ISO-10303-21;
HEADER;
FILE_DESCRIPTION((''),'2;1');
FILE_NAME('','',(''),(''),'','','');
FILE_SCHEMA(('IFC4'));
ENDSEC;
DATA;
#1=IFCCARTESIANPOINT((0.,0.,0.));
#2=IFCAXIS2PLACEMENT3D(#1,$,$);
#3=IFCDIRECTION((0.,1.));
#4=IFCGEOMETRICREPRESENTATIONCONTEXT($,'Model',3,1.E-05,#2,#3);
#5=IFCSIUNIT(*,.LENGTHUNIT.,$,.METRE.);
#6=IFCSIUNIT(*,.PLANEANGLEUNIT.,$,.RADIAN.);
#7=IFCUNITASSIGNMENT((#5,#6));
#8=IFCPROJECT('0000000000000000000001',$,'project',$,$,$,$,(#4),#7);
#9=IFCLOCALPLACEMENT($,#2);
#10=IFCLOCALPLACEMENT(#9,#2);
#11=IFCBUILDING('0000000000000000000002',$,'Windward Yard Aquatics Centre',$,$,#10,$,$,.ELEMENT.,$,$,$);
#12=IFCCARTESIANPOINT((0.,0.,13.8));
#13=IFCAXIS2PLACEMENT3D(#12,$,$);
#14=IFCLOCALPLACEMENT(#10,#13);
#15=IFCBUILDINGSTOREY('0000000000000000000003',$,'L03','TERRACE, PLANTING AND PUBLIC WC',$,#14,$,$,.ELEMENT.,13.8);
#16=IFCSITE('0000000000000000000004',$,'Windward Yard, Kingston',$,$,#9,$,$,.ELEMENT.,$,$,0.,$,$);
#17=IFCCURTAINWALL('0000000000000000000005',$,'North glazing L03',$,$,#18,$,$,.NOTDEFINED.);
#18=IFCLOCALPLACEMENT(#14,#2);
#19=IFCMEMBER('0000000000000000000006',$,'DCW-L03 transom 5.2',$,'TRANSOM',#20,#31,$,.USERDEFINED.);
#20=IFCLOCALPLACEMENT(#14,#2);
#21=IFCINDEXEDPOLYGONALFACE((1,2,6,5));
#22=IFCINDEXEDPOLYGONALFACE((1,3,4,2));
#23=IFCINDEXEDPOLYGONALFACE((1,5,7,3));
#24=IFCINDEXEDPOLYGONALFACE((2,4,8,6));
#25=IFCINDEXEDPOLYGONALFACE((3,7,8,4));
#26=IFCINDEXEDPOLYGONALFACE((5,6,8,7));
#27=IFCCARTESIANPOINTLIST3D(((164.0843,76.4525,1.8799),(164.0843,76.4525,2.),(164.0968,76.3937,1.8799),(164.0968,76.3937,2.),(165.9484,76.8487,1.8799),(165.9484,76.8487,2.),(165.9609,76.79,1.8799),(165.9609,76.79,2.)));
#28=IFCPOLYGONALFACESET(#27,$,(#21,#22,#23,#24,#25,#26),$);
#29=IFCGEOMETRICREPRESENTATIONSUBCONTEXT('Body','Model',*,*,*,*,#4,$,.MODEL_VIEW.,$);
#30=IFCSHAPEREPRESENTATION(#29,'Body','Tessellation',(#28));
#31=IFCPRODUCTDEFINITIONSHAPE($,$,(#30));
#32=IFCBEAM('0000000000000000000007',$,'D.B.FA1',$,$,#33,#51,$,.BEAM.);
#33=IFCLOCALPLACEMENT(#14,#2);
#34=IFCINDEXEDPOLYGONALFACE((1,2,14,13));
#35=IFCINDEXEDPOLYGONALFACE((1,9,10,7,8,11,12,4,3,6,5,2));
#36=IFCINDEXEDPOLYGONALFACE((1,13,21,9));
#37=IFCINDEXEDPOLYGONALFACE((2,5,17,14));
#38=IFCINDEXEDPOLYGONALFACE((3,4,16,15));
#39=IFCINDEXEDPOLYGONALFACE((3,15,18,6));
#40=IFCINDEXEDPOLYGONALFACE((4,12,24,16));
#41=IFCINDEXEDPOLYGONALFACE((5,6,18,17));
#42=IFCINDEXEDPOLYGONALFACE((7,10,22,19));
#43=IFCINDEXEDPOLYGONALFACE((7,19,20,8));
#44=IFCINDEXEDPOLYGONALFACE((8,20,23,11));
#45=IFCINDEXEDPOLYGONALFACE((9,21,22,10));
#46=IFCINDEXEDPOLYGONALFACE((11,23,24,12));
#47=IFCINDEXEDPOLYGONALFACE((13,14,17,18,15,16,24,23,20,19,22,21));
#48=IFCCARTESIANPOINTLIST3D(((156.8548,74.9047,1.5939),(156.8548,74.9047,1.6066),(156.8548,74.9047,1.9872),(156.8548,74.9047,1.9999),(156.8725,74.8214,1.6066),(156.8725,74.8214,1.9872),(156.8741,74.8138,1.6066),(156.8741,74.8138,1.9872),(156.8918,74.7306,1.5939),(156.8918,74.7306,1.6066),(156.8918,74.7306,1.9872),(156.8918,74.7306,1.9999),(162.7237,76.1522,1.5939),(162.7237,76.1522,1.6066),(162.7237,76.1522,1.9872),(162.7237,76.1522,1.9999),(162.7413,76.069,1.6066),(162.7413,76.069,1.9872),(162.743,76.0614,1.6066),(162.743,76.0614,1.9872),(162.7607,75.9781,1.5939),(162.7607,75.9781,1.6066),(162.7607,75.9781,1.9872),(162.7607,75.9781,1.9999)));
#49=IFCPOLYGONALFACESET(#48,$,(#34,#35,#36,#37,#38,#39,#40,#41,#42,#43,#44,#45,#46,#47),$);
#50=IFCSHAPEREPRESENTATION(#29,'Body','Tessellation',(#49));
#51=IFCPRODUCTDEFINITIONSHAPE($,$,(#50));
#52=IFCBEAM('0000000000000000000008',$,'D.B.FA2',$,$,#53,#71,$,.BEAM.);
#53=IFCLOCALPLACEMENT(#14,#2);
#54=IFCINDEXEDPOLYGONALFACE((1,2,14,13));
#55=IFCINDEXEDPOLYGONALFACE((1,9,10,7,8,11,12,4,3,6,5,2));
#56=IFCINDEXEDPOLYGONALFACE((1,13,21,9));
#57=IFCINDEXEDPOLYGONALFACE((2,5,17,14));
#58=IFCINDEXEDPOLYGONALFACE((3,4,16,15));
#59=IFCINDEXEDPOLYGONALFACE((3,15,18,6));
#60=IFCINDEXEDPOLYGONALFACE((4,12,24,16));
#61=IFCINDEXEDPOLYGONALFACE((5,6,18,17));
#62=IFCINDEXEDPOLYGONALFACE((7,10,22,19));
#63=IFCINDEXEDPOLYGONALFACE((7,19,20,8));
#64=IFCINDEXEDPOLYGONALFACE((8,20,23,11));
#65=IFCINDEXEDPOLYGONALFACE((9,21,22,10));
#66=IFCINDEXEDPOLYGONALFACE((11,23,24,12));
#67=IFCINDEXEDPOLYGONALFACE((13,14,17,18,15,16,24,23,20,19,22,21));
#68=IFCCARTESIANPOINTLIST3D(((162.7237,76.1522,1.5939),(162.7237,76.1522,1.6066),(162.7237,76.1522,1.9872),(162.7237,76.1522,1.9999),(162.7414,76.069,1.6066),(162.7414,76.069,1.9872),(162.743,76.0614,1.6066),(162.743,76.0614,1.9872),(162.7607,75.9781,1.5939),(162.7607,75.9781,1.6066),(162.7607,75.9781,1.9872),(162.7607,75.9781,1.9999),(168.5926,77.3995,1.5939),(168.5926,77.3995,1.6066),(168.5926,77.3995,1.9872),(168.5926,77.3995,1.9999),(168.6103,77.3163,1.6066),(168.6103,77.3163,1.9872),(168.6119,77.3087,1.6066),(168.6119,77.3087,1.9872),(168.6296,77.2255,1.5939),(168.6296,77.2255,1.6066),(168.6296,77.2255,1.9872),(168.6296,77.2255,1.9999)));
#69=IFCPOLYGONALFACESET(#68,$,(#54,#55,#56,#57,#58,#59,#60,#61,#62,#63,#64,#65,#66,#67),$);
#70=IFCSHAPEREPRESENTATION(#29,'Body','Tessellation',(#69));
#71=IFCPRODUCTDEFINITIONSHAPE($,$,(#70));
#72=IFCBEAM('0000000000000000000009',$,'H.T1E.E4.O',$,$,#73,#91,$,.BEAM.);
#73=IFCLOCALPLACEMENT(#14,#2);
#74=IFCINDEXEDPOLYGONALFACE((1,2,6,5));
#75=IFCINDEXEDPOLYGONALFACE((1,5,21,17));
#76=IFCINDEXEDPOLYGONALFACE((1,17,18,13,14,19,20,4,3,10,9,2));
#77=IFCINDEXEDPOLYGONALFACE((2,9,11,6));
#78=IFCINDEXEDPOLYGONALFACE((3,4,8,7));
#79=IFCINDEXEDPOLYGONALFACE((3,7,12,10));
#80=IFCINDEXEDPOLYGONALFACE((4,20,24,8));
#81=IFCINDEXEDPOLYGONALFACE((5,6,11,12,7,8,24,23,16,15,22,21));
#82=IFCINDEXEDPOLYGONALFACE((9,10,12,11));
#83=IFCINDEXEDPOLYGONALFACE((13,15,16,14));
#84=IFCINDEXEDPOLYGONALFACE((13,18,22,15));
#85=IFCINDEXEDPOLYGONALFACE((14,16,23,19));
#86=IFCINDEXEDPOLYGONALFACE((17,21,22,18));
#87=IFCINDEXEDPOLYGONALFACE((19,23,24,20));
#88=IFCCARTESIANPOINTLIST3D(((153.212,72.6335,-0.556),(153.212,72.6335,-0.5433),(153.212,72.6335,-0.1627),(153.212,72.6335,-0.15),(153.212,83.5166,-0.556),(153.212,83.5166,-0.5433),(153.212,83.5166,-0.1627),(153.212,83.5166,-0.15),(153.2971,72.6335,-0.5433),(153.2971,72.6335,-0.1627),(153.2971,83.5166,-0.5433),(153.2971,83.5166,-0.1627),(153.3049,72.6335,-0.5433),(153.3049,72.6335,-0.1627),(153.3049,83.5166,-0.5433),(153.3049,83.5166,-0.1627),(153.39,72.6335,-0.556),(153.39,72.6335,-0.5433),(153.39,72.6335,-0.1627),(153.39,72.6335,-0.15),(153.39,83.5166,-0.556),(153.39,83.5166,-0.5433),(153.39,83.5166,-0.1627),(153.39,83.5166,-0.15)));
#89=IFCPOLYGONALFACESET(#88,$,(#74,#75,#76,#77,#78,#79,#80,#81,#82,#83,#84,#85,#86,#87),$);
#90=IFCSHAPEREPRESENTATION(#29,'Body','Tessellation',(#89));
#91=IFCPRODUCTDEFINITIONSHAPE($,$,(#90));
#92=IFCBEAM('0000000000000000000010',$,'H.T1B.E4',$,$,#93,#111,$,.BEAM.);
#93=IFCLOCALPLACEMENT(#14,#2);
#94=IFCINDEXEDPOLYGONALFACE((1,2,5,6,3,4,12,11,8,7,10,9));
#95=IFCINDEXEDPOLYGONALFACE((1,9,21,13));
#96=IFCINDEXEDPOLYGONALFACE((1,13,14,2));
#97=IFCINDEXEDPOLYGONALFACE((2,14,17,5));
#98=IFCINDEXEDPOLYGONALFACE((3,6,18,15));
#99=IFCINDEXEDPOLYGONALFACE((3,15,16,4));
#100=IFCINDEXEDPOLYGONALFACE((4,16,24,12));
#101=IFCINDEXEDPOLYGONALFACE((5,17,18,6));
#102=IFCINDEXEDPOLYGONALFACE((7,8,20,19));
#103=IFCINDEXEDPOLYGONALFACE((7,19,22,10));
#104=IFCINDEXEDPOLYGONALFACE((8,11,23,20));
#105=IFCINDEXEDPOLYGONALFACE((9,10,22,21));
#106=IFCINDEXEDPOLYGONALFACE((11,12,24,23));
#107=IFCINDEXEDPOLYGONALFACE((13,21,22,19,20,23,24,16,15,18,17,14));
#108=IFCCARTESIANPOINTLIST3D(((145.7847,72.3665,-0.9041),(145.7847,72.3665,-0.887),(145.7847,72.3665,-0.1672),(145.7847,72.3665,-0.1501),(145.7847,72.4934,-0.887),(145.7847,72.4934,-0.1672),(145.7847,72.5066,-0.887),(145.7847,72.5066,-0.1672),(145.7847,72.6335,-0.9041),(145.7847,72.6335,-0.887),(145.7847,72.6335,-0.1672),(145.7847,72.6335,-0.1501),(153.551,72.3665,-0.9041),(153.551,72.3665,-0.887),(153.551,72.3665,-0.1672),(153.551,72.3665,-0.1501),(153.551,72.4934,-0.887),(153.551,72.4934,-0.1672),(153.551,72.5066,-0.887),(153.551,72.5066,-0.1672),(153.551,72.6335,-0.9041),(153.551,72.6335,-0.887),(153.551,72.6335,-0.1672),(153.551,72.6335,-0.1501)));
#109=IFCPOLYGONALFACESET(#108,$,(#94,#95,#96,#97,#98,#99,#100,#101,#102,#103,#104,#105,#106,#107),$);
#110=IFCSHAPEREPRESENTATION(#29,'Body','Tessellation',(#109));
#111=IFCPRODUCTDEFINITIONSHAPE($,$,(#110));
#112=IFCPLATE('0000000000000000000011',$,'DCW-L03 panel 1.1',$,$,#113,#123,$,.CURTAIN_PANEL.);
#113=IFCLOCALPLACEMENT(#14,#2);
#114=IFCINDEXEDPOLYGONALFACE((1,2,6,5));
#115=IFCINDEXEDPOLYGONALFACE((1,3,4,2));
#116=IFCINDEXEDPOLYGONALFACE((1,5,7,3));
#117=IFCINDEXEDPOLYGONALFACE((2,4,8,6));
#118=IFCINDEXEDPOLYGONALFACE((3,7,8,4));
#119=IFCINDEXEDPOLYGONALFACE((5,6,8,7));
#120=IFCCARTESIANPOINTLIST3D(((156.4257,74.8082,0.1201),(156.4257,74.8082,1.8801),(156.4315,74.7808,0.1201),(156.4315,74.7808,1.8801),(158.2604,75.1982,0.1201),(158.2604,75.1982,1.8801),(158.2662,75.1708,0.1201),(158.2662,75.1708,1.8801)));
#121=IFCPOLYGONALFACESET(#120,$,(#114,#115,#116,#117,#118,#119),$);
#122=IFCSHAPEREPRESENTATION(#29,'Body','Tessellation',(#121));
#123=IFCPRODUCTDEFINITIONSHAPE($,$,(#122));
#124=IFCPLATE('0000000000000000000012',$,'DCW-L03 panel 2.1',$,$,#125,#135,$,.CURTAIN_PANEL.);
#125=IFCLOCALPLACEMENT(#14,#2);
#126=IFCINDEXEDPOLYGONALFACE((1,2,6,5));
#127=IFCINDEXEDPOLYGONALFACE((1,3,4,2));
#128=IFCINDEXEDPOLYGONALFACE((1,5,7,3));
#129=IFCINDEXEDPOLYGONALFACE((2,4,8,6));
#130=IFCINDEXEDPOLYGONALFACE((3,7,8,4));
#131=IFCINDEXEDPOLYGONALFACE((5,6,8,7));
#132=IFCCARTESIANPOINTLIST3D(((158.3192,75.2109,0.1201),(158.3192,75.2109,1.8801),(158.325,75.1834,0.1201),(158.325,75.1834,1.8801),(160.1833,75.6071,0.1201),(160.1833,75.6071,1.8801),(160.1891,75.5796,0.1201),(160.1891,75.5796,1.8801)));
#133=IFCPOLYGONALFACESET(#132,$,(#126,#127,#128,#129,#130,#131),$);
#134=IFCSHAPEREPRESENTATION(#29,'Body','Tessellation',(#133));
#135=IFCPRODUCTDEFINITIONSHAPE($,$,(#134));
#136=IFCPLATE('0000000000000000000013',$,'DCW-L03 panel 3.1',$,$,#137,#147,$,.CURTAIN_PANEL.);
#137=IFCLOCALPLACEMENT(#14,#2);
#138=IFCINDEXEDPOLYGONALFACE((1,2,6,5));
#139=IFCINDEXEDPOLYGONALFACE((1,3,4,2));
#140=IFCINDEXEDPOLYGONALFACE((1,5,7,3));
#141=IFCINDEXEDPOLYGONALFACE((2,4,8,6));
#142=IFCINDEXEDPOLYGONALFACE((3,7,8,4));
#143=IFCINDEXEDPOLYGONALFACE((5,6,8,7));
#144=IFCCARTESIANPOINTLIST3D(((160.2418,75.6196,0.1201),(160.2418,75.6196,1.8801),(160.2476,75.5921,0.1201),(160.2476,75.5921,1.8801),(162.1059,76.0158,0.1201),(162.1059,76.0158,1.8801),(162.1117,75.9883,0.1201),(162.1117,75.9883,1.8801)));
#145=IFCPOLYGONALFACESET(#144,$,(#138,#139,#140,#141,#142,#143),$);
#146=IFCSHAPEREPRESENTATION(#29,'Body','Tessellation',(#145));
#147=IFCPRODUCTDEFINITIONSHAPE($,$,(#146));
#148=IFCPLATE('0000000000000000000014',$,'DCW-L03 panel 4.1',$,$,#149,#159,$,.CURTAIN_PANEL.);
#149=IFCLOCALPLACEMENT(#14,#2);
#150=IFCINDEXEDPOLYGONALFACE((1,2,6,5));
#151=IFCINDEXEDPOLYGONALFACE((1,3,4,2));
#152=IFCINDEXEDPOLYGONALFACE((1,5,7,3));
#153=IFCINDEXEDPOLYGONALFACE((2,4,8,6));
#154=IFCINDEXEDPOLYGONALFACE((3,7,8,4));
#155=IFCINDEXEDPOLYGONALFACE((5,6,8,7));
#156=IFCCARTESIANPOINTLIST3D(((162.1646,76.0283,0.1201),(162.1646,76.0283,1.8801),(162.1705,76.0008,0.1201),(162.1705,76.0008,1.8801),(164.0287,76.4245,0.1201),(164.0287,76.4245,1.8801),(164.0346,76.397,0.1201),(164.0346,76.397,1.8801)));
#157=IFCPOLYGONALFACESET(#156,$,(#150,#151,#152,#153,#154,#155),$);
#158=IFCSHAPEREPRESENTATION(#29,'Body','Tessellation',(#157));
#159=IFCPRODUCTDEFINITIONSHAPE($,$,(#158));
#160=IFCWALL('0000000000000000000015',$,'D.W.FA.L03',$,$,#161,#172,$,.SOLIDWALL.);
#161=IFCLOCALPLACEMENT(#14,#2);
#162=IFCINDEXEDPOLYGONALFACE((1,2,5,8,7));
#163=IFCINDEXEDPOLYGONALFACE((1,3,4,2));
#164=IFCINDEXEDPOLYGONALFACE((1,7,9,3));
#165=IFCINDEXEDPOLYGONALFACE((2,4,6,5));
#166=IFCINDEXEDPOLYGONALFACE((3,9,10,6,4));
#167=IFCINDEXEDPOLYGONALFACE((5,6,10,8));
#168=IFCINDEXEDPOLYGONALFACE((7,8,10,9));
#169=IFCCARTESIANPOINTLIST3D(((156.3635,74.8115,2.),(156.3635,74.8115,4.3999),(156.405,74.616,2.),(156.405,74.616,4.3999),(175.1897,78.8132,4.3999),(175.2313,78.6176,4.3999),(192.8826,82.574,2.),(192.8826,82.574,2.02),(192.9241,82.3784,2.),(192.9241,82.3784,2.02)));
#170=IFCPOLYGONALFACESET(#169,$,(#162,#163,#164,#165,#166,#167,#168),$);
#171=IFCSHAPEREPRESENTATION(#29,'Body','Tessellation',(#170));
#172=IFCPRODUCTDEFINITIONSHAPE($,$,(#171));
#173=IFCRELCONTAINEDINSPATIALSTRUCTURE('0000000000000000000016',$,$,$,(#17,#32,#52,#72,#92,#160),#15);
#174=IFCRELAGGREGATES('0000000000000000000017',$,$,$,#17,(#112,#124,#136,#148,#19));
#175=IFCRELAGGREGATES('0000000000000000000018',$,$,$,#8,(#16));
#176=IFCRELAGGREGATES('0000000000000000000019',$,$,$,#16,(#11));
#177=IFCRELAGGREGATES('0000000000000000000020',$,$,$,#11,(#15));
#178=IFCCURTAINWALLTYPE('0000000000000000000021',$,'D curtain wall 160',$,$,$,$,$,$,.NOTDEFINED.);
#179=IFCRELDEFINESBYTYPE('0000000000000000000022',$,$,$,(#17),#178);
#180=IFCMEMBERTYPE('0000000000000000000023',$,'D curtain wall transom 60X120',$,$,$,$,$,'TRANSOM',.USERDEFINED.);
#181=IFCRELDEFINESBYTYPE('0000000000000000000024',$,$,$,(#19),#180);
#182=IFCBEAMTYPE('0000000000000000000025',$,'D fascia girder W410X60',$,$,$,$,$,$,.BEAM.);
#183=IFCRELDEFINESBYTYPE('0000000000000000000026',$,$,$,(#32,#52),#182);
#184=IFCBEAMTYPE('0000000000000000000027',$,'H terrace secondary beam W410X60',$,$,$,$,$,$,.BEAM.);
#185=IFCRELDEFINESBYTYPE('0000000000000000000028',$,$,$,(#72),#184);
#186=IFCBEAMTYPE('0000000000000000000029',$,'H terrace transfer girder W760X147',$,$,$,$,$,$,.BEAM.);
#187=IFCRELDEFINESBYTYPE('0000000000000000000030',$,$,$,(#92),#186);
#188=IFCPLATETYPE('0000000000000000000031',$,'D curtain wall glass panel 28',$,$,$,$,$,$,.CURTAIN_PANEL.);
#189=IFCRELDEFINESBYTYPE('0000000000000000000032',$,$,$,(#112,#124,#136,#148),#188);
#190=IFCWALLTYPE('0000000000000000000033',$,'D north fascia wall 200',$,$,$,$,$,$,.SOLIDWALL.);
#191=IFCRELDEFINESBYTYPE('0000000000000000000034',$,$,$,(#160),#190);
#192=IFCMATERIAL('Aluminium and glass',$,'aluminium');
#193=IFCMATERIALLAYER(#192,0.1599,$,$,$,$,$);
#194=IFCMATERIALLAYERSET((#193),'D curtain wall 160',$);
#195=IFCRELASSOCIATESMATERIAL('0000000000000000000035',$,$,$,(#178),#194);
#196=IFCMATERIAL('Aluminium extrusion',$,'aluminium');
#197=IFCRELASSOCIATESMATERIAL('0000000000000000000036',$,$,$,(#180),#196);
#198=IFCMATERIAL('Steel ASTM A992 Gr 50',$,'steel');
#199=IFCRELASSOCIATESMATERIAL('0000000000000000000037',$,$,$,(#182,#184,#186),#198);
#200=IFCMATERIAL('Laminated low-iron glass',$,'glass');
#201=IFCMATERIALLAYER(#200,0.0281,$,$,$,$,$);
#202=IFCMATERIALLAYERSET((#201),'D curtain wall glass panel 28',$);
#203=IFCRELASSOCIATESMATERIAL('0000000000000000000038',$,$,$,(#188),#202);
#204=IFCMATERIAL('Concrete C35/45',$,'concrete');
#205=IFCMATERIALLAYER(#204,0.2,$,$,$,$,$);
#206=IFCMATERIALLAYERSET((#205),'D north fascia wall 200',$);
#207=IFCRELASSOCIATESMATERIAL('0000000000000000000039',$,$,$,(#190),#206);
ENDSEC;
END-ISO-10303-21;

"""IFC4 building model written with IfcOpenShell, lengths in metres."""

from ifc_helpers import new_model, si_unit, direction, frame, origin, origin_2d, place, context, subcontext, project, spatial, polyline, rectangle, i_section, outline, extrude, material, layer, layer_set, material_profile, profile_set, type_object, element, aggregate, save


model = new_model("IFC4")

# Units and contexts
model_context = context("Model", 3, precision=1e-05, world=origin(), true_north=direction((0.0, 1.0)))
body_context = subcontext(model_context, "Body", "Model", "MODEL_VIEW")
ifc_project = project(units=[si_unit("LENGTHUNIT", "METRE"), si_unit("PLANEANGLEUNIT", "RADIAN")], contexts=[model_context])

# Site, building, storey
site_placement = place(None, origin())
site = spatial("IfcSite", under=ifc_project, at=site_placement, Name="Windward Yard, Kingston", CompositionType="ELEMENT", RefElevation=0.0)
building_placement = place(site_placement, origin())
building = spatial("IfcBuilding", under=site, at=building_placement, Name="Windward Yard Aquatics Centre", CompositionType="ELEMENT")
storey_placement = place(building_placement, frame((0.0, 0.0, 13.8)))
storey = spatial("IfcBuildingStorey", under=building, at=storey_placement, Name="L03", Description="TERRACE, PLANTING AND PUBLIC WC", CompositionType="ELEMENT", Elevation=13.8)

# Curtain wall, member
ifc_material_1 = material(Name="Aluminium and glass", Category="aluminium")
ifc_layer_1 = layer(ifc_material_1, 0.1599)
ifc_layer_set_1 = layer_set([ifc_layer_1], Name="D curtain wall 160")
curtain_wall_type = type_object("IfcCurtainWallType", Name="D curtain wall 160", PredefinedType="NOTDEFINED", material=ifc_layer_set_1)
curtain_wall_placement = place(storey_placement, origin())
curtain_wall = element("IfcCurtainWall", 1, at=curtain_wall_placement, inside=storey, type_object=curtain_wall_type, Name="North glazing L03", PredefinedType="NOTDEFINED")
ifc_material_2 = material(Name="Aluminium extrusion", Category="aluminium")
ifc_material_profile_1 = material_profile(ifc_material_2, rectangle(XDim=0.0601, YDim=0.1201, at=origin_2d()), Name="TRANSOM 60X120")
ifc_profile_set_1 = profile_set([ifc_material_profile_1], Name="Aluminium extrusion")
member_type_1 = type_object("IfcMemberType", Name="D curtain wall transom 60X120", ElementType="TRANSOM", PredefinedType="USERDEFINED", material=ifc_profile_set_1)
member_1_placement = place(storey_placement, frame((164.0906, 76.4231, 1.9399), z_axis=(0.978144, 0.207928, 0.0), x_axis=(-0.207928, 0.978144, 0.0)))
member_1 = element("IfcMember", 2, at=member_1_placement, type_object=member_type_1, Name="DCW-L03 transom 5.2", ObjectType="TRANSOM", PredefinedType="USERDEFINED", context=body_context, shape_type="SweptSolid", body=[
    extrude(rectangle(XDim=0.0601, YDim=0.1201, at=origin_2d()), origin(), (0.0, 0.0, 1.0), 1.9058),
])

# Beams
ifc_material_3 = material(Name="Steel ASTM A992 Gr 50", Category="steel")
ifc_material_profile_2 = material_profile(ifc_material_3, i_section(OverallWidth=0.178, OverallDepth=0.406, WebThickness=0.0078, FlangeThickness=0.0127, at=origin_2d()), Name="W410X60")
ifc_profile_set_2 = profile_set([ifc_material_profile_2], Name="Steel ASTM A992 Gr 50")
beam_type_1 = type_object("IfcBeamType", Name="D fascia girder W410X60", PredefinedType="BEAM", material=ifc_profile_set_2)
for number, where, z_axis, x_axis, name in (
    (3, (156.8733, 74.8176, 1.7969), (0.978145, 0.207925, 0.0), (-0.207925, 0.978145, 0.0), "D.B.FA1"),
    (4, (162.7422, 76.0652, 1.7969), (0.978153, 0.207886, 0.0), (-0.207886, 0.978153, 0.0), "D.B.FA2"),
):
    element("IfcBeam", number, at=place(storey_placement, frame(where, z_axis=z_axis, x_axis=x_axis)), inside=storey, type_object=beam_type_1, Name=name, PredefinedType="BEAM", context=body_context, shape_type="SweptSolid", body=[
        extrude(i_section(OverallWidth=0.178, OverallDepth=0.406, WebThickness=0.0078, FlangeThickness=0.0127, at=origin_2d()), origin(), (0.0, 0.0, 1.0), 6.0),
    ])
ifc_material_profile_3 = material_profile(ifc_material_3, i_section(OverallWidth=0.178, OverallDepth=0.406, WebThickness=0.0078, FlangeThickness=0.0127, at=origin_2d()), Name="W410X60")
ifc_profile_set_3 = profile_set([ifc_material_profile_3], Name="Steel ASTM A992 Gr 50")
beam_type_2 = type_object("IfcBeamType", Name="H terrace secondary beam W410X60", PredefinedType="BEAM", material=ifc_profile_set_3)
beam_1_placement = place(storey_placement, frame((153.301, 72.6335, -0.353), z_axis=(0.0, 1.0, 0.0), x_axis=(-1.0, 0.0, 0.0)))
element("IfcBeam", 5, at=beam_1_placement, inside=storey, type_object=beam_type_2, Name="H.T1E.E4.O", PredefinedType="BEAM", context=body_context, shape_type="SweptSolid", body=[
    extrude(i_section(OverallWidth=0.178, OverallDepth=0.406, WebThickness=0.0078, FlangeThickness=0.0127, at=origin_2d()), origin(), (0.0, 0.0, 1.0), 10.8831),
])
ifc_material_profile_4 = material_profile(ifc_material_3, i_section(OverallWidth=0.2671, OverallDepth=0.7539, WebThickness=0.0132, FlangeThickness=0.0171, at=origin_2d()), Name="W760X147")
ifc_profile_set_4 = profile_set([ifc_material_profile_4], Name="Steel ASTM A992 Gr 50")
beam_type_3 = type_object("IfcBeamType", Name="H terrace transfer girder W760X147", PredefinedType="BEAM", material=ifc_profile_set_4)
beam_2_placement = place(storey_placement, frame((153.551, 72.5, -0.5271), z_axis=(-1.0, 0.0, 0.0), x_axis=(0.0, -1.0, 0.0)))
element("IfcBeam", 6, at=beam_2_placement, inside=storey, type_object=beam_type_3, Name="H.T1B.E4", PredefinedType="BEAM", context=body_context, shape_type="SweptSolid", body=[
    extrude(i_section(OverallWidth=0.2671, OverallDepth=0.7539, WebThickness=0.0132, FlangeThickness=0.0171, at=origin_2d()), origin(), (0.0, 0.0, 1.0), 7.7664),
])

# Plates
ifc_material_4 = material(Name="Laminated low-iron glass", Category="glass")
ifc_layer_2 = layer(ifc_material_4, 0.0281)
ifc_layer_set_2 = layer_set([ifc_layer_2], Name="D curtain wall glass panel 28")
plate_type = type_object("IfcPlateType", Name="D curtain wall glass panel 28", PredefinedType="CURTAIN_PANEL", material=ifc_layer_set_2)
plate_1_placement = place(storey_placement, frame((157.3459, 74.9895, 0.1201), z_axis=(0.0, 0.0, 1.0), x_axis=(0.978148, 0.207912, 0.0)))
plate_1 = element("IfcPlate", 7, at=plate_1_placement, type_object=plate_type, Name="DCW-L03 panel 1.1", PredefinedType="CURTAIN_PANEL", context=body_context, shape_type="SweptSolid", body=[
    extrude(rectangle(XDim=1.8757, YDim=0.0281, at=origin_2d()), origin(), (0.0, 0.0, 1.0), 1.76),
])
plate_2_placement = place(storey_placement, frame((159.2542, 75.3953, 0.1201), z_axis=(0.0, 0.0, 1.0), x_axis=(0.978148, 0.207912, 0.0)))
plate_2 = element("IfcPlate", 8, at=plate_2_placement, type_object=plate_type, Name="DCW-L03 panel 2.1", PredefinedType="CURTAIN_PANEL", context=body_context, shape_type="SweptSolid", body=[
    extrude(rectangle(XDim=1.9058, YDim=0.0281, at=origin_2d()), origin(), (0.0, 0.0, 1.0), 1.76),
])
plate_3_placement = place(storey_placement, frame((161.1768, 75.804, 0.1201), z_axis=(0.0, 0.0, 1.0), x_axis=(0.978148, 0.207912, 0.0)))
plate_3 = element("IfcPlate", 9, at=plate_3_placement, type_object=plate_type, Name="DCW-L03 panel 3.1", PredefinedType="CURTAIN_PANEL", context=body_context, shape_type="SweptSolid", body=[
    extrude(rectangle(XDim=1.9058, YDim=0.0281, at=origin_2d()), origin(), (0.0, 0.0, 1.0), 1.76),
])
plate_4_placement = place(storey_placement, frame((163.0996, 76.2126, 0.1201), z_axis=(0.0, 0.0, 1.0), x_axis=(0.978148, 0.207912, 0.0)))
plate_4 = element("IfcPlate", 10, at=plate_4_placement, type_object=plate_type, Name="DCW-L03 panel 4.1", PredefinedType="CURTAIN_PANEL", context=body_context, shape_type="SweptSolid", body=[
    extrude(rectangle(XDim=1.9058, YDim=0.0281, at=origin_2d()), origin(), (0.0, 0.0, 1.0), 1.76),
])
aggregate(curtain_wall, [plate_1, plate_2, plate_3, plate_4, member_1])

# Wall
ifc_material_5 = material(Name="Concrete C35/45", Category="concrete")
ifc_layer_3 = layer(ifc_material_5, 0.2)
ifc_layer_set_3 = layer_set([ifc_layer_3], Name="D north fascia wall 200")
wall_type = type_object("IfcWallType", Name="D north fascia wall 200", PredefinedType="SOLIDWALL", material=ifc_layer_set_3)
wall_placement = place(storey_placement, frame((156.3843, 74.7136, 2.0), z_axis=(0.0, 0.0, 1.0), x_axis=(0.978147, 0.207914, 0.0)))
element("IfcWall", 11, at=wall_placement, inside=storey, type_object=wall_type, Name="D.W.FA.L03", PredefinedType="SOLIDWALL", context=body_context, shape_type="SweptSolid", body=[
    extrude(outline(polyline([(0.0, 0.0), (37.335, 0.0), (37.335, 0.02), (19.2468, 2.3999), (0.0, 2.3999), (0.0, 0.0)])), frame((0.0, 0.1001, 0.0), z_axis=(0.0, -1.0, 0.0), x_axis=(1.0, 0.0, 0.0)), (0.0, 0.0, 1.0), 0.2),
])

save(model, "model.ifc")
